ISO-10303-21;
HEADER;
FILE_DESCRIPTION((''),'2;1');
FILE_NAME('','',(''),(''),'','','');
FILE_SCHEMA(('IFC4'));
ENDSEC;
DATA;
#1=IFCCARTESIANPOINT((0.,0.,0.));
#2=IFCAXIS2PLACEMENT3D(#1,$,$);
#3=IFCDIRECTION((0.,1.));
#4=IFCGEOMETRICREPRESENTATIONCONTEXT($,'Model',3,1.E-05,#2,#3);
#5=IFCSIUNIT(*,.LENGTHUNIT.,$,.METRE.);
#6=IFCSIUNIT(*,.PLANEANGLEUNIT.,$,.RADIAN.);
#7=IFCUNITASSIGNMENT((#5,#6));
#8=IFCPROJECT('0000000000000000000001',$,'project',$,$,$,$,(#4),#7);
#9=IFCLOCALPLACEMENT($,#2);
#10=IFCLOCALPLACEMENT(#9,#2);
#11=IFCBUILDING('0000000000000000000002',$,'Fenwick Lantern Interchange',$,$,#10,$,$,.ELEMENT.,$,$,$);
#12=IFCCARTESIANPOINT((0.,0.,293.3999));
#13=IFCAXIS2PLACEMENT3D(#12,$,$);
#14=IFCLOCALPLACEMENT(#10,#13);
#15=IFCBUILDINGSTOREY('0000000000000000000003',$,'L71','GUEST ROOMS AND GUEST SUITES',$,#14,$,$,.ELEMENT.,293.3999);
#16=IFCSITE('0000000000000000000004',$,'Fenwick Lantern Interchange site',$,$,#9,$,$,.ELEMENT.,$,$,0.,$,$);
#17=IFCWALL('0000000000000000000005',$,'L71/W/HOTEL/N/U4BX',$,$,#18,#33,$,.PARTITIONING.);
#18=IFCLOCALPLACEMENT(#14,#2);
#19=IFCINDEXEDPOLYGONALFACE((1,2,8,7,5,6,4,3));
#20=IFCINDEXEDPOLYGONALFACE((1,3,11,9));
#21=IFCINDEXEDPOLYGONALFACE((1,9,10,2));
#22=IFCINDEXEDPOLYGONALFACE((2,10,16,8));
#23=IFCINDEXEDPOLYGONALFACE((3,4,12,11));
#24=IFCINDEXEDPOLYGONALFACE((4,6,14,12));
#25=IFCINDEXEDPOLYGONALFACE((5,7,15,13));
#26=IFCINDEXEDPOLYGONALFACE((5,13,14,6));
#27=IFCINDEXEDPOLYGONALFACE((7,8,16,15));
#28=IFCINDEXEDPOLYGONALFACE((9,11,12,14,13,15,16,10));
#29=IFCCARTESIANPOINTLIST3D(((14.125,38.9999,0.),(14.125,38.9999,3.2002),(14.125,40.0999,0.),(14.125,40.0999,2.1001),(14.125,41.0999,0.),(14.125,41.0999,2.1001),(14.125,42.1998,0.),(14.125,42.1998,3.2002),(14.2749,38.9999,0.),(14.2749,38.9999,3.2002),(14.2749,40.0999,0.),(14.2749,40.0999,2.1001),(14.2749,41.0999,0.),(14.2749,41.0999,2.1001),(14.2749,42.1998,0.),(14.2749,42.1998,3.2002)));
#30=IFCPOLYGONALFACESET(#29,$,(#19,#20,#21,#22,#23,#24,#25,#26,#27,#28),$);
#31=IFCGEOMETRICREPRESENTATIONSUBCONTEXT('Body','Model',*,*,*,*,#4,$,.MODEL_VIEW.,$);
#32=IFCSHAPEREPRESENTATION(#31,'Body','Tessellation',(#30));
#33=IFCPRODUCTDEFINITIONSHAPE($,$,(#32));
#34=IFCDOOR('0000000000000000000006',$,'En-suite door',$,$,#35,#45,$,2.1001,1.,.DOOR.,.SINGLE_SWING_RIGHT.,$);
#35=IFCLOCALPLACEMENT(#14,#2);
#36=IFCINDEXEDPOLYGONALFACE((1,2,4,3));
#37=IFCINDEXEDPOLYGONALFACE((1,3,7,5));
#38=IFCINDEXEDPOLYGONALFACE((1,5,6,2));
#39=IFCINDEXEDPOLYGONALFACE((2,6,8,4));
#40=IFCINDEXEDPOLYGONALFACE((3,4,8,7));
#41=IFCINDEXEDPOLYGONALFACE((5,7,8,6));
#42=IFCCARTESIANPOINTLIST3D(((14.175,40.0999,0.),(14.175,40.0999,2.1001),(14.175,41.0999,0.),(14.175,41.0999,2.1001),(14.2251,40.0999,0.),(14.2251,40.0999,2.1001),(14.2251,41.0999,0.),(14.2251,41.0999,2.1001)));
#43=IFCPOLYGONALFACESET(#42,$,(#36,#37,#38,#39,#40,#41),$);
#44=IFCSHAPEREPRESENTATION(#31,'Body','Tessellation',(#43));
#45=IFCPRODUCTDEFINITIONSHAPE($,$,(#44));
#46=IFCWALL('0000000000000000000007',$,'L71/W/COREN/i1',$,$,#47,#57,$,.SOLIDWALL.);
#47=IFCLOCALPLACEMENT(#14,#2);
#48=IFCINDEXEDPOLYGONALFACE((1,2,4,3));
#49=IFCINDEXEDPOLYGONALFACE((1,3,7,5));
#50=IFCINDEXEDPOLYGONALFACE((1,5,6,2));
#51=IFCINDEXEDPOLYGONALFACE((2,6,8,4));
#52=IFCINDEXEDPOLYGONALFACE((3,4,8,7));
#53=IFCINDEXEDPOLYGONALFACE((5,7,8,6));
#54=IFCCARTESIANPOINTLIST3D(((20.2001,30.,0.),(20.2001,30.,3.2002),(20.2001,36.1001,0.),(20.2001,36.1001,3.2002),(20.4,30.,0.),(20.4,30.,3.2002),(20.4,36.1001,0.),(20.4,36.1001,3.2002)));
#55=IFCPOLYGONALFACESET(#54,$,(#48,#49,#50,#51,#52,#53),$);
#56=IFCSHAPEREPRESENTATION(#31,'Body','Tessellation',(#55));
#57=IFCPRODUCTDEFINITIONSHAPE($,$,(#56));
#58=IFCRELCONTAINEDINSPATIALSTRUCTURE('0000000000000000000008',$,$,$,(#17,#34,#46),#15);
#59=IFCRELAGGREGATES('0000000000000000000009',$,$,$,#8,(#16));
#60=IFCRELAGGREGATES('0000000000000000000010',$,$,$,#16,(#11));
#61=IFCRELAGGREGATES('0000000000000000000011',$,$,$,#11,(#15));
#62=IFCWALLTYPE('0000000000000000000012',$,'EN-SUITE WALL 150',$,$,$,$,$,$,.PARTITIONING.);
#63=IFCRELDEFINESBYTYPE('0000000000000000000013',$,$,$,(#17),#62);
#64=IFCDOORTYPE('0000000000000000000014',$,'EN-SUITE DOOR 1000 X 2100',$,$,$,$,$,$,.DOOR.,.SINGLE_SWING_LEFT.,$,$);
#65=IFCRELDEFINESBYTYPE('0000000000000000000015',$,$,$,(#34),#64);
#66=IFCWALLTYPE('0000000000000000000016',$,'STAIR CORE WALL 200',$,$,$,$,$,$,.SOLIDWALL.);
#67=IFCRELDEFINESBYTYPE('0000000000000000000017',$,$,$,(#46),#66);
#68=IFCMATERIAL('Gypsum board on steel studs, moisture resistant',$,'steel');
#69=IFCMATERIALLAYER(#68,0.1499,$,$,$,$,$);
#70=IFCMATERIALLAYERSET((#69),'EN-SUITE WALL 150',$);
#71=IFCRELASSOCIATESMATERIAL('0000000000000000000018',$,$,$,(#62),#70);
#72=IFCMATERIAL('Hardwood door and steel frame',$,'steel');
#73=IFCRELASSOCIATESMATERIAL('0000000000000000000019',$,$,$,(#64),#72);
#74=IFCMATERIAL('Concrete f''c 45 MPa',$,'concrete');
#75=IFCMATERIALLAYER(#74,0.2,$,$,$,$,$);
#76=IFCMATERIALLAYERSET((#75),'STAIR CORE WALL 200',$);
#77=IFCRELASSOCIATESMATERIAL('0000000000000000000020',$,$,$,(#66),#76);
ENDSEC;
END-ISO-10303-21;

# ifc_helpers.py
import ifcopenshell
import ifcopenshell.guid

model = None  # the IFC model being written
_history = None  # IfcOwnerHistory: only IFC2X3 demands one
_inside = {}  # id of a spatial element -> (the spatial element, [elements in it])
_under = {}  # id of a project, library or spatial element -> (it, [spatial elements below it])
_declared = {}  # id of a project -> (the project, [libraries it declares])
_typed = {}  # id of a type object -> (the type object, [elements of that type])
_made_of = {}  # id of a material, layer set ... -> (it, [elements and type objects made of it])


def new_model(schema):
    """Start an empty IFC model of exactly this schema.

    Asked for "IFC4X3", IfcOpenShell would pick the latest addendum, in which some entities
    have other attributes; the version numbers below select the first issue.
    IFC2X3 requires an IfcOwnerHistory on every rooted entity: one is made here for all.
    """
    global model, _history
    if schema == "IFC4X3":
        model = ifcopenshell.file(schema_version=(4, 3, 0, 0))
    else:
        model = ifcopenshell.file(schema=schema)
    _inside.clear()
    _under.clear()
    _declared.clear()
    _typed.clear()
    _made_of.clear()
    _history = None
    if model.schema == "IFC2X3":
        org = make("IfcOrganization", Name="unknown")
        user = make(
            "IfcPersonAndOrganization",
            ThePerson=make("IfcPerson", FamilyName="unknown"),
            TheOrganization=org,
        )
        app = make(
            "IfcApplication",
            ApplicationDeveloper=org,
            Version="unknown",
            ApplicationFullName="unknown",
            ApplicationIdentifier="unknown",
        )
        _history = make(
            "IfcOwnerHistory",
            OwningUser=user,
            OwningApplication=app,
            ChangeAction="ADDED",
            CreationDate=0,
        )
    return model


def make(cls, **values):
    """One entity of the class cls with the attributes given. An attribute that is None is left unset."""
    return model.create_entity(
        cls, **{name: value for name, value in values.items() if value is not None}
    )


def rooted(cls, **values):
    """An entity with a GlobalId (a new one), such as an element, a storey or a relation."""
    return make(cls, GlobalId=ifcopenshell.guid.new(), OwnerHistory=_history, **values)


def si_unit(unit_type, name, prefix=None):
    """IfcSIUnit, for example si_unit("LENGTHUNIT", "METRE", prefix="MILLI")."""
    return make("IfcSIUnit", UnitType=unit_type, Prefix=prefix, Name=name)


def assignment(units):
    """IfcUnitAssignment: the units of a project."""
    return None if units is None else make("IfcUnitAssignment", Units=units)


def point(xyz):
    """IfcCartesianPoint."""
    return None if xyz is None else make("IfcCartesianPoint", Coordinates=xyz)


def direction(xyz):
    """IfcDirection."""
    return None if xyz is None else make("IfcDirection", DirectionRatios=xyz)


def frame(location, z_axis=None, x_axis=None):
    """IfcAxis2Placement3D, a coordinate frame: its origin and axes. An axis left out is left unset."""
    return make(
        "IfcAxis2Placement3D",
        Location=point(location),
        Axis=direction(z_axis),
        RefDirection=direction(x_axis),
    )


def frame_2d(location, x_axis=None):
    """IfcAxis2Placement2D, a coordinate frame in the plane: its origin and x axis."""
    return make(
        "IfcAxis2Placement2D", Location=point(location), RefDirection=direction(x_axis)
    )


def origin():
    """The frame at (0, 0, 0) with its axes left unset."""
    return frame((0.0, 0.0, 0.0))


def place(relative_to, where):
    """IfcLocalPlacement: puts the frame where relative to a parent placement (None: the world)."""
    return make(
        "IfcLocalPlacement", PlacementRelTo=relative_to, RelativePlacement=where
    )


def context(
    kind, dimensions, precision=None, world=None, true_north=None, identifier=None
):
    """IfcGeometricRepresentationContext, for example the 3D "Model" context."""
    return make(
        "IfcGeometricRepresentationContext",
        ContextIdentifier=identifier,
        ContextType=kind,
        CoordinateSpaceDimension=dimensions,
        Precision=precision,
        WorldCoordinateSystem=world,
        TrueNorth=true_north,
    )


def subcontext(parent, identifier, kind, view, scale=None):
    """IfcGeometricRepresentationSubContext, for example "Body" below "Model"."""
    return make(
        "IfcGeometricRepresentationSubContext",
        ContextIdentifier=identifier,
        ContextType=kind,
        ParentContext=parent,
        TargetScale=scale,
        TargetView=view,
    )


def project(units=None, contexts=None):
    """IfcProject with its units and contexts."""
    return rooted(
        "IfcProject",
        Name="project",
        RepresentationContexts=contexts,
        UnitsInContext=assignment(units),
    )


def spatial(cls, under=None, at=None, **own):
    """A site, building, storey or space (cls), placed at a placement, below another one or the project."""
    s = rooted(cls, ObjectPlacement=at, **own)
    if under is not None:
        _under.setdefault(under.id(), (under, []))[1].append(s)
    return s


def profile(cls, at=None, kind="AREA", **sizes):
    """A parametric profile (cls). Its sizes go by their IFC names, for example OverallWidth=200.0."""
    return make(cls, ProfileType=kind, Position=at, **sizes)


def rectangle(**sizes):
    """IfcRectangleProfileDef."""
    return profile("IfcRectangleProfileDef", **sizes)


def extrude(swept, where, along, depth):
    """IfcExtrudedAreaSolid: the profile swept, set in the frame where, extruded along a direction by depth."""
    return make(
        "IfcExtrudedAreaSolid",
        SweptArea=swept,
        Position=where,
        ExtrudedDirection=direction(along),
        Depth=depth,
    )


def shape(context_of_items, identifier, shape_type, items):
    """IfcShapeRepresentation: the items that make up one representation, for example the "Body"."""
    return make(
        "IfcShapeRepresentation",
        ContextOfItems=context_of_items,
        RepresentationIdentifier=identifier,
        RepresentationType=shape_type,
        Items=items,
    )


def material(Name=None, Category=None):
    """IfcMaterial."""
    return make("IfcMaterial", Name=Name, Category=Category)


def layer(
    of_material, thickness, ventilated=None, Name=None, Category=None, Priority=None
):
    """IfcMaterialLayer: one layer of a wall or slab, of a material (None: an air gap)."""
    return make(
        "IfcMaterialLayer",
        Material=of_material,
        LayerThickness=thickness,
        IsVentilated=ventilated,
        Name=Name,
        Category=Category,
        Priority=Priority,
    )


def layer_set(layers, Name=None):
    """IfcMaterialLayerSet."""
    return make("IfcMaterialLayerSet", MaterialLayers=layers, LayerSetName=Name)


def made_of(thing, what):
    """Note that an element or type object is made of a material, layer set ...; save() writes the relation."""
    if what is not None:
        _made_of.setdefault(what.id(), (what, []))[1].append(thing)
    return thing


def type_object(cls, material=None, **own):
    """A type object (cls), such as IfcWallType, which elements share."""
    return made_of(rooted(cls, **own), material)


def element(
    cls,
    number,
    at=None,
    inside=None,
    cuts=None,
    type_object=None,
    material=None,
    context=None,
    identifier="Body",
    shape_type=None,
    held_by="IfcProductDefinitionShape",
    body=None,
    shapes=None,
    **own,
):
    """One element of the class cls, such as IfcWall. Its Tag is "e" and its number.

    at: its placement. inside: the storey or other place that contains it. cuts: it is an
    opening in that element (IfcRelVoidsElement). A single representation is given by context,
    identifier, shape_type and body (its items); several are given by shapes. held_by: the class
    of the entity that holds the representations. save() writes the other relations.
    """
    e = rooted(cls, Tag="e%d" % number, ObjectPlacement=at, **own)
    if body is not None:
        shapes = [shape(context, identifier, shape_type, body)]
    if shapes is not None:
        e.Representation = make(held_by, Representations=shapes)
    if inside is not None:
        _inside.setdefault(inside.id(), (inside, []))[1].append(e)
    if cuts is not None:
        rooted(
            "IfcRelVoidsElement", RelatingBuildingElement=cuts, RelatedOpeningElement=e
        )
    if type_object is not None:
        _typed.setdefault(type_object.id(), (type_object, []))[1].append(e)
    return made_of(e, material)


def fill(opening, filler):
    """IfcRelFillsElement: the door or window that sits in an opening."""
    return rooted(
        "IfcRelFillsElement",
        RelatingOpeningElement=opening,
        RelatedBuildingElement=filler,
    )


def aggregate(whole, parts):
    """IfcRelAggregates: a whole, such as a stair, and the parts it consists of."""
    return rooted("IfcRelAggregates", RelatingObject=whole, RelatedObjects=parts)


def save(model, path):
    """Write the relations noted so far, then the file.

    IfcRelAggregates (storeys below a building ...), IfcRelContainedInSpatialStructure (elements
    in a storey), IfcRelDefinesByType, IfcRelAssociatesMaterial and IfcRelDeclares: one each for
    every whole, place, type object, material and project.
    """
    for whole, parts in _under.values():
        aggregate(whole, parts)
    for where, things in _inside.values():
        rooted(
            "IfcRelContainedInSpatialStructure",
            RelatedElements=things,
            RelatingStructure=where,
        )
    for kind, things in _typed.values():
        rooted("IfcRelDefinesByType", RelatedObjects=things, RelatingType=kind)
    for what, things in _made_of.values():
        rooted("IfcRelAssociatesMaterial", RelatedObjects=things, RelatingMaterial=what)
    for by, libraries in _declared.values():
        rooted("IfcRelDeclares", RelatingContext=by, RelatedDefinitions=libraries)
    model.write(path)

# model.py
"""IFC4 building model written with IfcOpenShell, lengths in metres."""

from ifc_helpers import new_model, si_unit, direction, frame, frame_2d, origin, place, context, subcontext, project, spatial, rectangle, extrude, material, layer, layer_set, type_object, element, fill, save


model = new_model("IFC4")

# Units and contexts
model_context = context("Model", 3, precision=1e-05, world=origin(), true_north=direction((0.0, 1.0)))
body_context = subcontext(model_context, "Body", "Model", "MODEL_VIEW")
ifc_project = project(units=[si_unit("LENGTHUNIT", "METRE"), si_unit("PLANEANGLEUNIT", "RADIAN")], contexts=[model_context])

# Site, building, storey
site_placement = place(None, origin())
site = spatial("IfcSite", under=ifc_project, at=site_placement, Name="Fenwick Lantern Interchange site", CompositionType="ELEMENT", RefElevation=0.0)
building_placement = place(site_placement, origin())
building = spatial("IfcBuilding", under=site, at=building_placement, Name="Fenwick Lantern Interchange", CompositionType="ELEMENT")
storey_placement = place(building_placement, frame((0.0, 0.0, 293.3999)))
storey = spatial("IfcBuildingStorey", under=building, at=storey_placement, Name="L71", Description="GUEST ROOMS AND GUEST SUITES", CompositionType="ELEMENT", Elevation=293.3999)

# Shared definitions
ifc_material_1 = material(Name="Hardwood door and steel frame", Category="steel")

# Shared definitions
ifc_material_2 = material(Name="Gypsum board on steel studs, moisture resistant", Category="steel")
ifc_layer_1 = layer(ifc_material_2, 0.1499)
ifc_layer_set_1 = layer_set([ifc_layer_1], Name="EN-SUITE WALL 150")
wall_type_1 = type_object("IfcWallType", Name="EN-SUITE WALL 150", PredefinedType="PARTITIONING", material=ifc_layer_set_1)

# Wall, opening, door
wall_1_placement = place(storey_placement, frame((14.2, 42.2, 0.0), z_axis=(0.0, 0.0, 1.0), x_axis=(0.0, -1.0, 0.0)))
wall_1 = element("IfcWall", 1, at=wall_1_placement, inside=storey, type_object=wall_type_1, Name="L71/W/HOTEL/N/U4BX", PredefinedType="PARTITIONING", context=body_context, shape_type="SweptSolid", body=[
    extrude(rectangle(XDim=3.2, YDim=0.1499, at=frame_2d((1.6001, 0.0))), origin(), (0.0, 0.0, 1.0), 3.2002),
])
opening_1_placement = place(wall_1_placement, frame((1.1001, 0.0, 0.0)))
opening_1 = element("IfcOpeningElement", 2, at=opening_1_placement, cuts=wall_1, PredefinedType="OPENING", context=body_context, shape_type="SweptSolid", body=[
    extrude(rectangle(XDim=1.0, YDim=2.1001, at=frame_2d((0.5, 1.05))), frame((0.0, 0.085, 0.0), z_axis=(0.0, -1.0, 0.0), x_axis=(1.0, 0.0, 0.0)), (0.0, 0.0, 1.0), 0.1699),
])
door_type_1 = type_object("IfcDoorType", Name="EN-SUITE DOOR 1000 X 2100", OperationType="SINGLE_SWING_LEFT", PredefinedType="DOOR", material=ifc_material_1)
door_1_placement = place(opening_1_placement, frame((1.0, 0.0, 0.0), z_axis=(0.0, 0.0, 1.0), x_axis=(-1.0, 0.0, 0.0)))
door_1 = element("IfcDoor", 3, at=door_1_placement, inside=storey, type_object=door_type_1, Name="En-suite door", OperationType="SINGLE_SWING_RIGHT", OverallHeight=2.1001, OverallWidth=1.0, PredefinedType="DOOR", context=body_context, shape_type="SweptSolid", body=[
    extrude(rectangle(XDim=1.0, YDim=2.1001, at=frame_2d((0.5, 1.05))), frame((0.0, 0.0249, 0.0), z_axis=(0.0, -1.0, 0.0), x_axis=(1.0, 0.0, 0.0)), (0.0, 0.0, 1.0), 0.05),
])
fill(opening_1, door_1)

# Wall
ifc_material_3 = material(Name="Concrete f'c 45 MPa", Category="concrete")
ifc_layer_2 = layer(ifc_material_3, 0.2)
ifc_layer_set_2 = layer_set([ifc_layer_2], Name="STAIR CORE WALL 200")
wall_type_2 = type_object("IfcWallType", Name="STAIR CORE WALL 200", PredefinedType="SOLIDWALL", material=ifc_layer_set_2)
wall_2_placement = place(storey_placement, frame((20.3, 36.1001, 0.0), z_axis=(0.0, 0.0, 1.0), x_axis=(0.0, -1.0, 0.0)))
element("IfcWall", 4, at=wall_2_placement, inside=storey, type_object=wall_type_2, Name="L71/W/COREN/i1", PredefinedType="SOLIDWALL", context=body_context, shape_type="SweptSolid", body=[
    extrude(rectangle(XDim=6.1001, YDim=0.2, at=frame_2d((3.05, 0.0))), origin(), (0.0, 0.0, 1.0), 3.2002),
])

save(model, "model.ifc")
